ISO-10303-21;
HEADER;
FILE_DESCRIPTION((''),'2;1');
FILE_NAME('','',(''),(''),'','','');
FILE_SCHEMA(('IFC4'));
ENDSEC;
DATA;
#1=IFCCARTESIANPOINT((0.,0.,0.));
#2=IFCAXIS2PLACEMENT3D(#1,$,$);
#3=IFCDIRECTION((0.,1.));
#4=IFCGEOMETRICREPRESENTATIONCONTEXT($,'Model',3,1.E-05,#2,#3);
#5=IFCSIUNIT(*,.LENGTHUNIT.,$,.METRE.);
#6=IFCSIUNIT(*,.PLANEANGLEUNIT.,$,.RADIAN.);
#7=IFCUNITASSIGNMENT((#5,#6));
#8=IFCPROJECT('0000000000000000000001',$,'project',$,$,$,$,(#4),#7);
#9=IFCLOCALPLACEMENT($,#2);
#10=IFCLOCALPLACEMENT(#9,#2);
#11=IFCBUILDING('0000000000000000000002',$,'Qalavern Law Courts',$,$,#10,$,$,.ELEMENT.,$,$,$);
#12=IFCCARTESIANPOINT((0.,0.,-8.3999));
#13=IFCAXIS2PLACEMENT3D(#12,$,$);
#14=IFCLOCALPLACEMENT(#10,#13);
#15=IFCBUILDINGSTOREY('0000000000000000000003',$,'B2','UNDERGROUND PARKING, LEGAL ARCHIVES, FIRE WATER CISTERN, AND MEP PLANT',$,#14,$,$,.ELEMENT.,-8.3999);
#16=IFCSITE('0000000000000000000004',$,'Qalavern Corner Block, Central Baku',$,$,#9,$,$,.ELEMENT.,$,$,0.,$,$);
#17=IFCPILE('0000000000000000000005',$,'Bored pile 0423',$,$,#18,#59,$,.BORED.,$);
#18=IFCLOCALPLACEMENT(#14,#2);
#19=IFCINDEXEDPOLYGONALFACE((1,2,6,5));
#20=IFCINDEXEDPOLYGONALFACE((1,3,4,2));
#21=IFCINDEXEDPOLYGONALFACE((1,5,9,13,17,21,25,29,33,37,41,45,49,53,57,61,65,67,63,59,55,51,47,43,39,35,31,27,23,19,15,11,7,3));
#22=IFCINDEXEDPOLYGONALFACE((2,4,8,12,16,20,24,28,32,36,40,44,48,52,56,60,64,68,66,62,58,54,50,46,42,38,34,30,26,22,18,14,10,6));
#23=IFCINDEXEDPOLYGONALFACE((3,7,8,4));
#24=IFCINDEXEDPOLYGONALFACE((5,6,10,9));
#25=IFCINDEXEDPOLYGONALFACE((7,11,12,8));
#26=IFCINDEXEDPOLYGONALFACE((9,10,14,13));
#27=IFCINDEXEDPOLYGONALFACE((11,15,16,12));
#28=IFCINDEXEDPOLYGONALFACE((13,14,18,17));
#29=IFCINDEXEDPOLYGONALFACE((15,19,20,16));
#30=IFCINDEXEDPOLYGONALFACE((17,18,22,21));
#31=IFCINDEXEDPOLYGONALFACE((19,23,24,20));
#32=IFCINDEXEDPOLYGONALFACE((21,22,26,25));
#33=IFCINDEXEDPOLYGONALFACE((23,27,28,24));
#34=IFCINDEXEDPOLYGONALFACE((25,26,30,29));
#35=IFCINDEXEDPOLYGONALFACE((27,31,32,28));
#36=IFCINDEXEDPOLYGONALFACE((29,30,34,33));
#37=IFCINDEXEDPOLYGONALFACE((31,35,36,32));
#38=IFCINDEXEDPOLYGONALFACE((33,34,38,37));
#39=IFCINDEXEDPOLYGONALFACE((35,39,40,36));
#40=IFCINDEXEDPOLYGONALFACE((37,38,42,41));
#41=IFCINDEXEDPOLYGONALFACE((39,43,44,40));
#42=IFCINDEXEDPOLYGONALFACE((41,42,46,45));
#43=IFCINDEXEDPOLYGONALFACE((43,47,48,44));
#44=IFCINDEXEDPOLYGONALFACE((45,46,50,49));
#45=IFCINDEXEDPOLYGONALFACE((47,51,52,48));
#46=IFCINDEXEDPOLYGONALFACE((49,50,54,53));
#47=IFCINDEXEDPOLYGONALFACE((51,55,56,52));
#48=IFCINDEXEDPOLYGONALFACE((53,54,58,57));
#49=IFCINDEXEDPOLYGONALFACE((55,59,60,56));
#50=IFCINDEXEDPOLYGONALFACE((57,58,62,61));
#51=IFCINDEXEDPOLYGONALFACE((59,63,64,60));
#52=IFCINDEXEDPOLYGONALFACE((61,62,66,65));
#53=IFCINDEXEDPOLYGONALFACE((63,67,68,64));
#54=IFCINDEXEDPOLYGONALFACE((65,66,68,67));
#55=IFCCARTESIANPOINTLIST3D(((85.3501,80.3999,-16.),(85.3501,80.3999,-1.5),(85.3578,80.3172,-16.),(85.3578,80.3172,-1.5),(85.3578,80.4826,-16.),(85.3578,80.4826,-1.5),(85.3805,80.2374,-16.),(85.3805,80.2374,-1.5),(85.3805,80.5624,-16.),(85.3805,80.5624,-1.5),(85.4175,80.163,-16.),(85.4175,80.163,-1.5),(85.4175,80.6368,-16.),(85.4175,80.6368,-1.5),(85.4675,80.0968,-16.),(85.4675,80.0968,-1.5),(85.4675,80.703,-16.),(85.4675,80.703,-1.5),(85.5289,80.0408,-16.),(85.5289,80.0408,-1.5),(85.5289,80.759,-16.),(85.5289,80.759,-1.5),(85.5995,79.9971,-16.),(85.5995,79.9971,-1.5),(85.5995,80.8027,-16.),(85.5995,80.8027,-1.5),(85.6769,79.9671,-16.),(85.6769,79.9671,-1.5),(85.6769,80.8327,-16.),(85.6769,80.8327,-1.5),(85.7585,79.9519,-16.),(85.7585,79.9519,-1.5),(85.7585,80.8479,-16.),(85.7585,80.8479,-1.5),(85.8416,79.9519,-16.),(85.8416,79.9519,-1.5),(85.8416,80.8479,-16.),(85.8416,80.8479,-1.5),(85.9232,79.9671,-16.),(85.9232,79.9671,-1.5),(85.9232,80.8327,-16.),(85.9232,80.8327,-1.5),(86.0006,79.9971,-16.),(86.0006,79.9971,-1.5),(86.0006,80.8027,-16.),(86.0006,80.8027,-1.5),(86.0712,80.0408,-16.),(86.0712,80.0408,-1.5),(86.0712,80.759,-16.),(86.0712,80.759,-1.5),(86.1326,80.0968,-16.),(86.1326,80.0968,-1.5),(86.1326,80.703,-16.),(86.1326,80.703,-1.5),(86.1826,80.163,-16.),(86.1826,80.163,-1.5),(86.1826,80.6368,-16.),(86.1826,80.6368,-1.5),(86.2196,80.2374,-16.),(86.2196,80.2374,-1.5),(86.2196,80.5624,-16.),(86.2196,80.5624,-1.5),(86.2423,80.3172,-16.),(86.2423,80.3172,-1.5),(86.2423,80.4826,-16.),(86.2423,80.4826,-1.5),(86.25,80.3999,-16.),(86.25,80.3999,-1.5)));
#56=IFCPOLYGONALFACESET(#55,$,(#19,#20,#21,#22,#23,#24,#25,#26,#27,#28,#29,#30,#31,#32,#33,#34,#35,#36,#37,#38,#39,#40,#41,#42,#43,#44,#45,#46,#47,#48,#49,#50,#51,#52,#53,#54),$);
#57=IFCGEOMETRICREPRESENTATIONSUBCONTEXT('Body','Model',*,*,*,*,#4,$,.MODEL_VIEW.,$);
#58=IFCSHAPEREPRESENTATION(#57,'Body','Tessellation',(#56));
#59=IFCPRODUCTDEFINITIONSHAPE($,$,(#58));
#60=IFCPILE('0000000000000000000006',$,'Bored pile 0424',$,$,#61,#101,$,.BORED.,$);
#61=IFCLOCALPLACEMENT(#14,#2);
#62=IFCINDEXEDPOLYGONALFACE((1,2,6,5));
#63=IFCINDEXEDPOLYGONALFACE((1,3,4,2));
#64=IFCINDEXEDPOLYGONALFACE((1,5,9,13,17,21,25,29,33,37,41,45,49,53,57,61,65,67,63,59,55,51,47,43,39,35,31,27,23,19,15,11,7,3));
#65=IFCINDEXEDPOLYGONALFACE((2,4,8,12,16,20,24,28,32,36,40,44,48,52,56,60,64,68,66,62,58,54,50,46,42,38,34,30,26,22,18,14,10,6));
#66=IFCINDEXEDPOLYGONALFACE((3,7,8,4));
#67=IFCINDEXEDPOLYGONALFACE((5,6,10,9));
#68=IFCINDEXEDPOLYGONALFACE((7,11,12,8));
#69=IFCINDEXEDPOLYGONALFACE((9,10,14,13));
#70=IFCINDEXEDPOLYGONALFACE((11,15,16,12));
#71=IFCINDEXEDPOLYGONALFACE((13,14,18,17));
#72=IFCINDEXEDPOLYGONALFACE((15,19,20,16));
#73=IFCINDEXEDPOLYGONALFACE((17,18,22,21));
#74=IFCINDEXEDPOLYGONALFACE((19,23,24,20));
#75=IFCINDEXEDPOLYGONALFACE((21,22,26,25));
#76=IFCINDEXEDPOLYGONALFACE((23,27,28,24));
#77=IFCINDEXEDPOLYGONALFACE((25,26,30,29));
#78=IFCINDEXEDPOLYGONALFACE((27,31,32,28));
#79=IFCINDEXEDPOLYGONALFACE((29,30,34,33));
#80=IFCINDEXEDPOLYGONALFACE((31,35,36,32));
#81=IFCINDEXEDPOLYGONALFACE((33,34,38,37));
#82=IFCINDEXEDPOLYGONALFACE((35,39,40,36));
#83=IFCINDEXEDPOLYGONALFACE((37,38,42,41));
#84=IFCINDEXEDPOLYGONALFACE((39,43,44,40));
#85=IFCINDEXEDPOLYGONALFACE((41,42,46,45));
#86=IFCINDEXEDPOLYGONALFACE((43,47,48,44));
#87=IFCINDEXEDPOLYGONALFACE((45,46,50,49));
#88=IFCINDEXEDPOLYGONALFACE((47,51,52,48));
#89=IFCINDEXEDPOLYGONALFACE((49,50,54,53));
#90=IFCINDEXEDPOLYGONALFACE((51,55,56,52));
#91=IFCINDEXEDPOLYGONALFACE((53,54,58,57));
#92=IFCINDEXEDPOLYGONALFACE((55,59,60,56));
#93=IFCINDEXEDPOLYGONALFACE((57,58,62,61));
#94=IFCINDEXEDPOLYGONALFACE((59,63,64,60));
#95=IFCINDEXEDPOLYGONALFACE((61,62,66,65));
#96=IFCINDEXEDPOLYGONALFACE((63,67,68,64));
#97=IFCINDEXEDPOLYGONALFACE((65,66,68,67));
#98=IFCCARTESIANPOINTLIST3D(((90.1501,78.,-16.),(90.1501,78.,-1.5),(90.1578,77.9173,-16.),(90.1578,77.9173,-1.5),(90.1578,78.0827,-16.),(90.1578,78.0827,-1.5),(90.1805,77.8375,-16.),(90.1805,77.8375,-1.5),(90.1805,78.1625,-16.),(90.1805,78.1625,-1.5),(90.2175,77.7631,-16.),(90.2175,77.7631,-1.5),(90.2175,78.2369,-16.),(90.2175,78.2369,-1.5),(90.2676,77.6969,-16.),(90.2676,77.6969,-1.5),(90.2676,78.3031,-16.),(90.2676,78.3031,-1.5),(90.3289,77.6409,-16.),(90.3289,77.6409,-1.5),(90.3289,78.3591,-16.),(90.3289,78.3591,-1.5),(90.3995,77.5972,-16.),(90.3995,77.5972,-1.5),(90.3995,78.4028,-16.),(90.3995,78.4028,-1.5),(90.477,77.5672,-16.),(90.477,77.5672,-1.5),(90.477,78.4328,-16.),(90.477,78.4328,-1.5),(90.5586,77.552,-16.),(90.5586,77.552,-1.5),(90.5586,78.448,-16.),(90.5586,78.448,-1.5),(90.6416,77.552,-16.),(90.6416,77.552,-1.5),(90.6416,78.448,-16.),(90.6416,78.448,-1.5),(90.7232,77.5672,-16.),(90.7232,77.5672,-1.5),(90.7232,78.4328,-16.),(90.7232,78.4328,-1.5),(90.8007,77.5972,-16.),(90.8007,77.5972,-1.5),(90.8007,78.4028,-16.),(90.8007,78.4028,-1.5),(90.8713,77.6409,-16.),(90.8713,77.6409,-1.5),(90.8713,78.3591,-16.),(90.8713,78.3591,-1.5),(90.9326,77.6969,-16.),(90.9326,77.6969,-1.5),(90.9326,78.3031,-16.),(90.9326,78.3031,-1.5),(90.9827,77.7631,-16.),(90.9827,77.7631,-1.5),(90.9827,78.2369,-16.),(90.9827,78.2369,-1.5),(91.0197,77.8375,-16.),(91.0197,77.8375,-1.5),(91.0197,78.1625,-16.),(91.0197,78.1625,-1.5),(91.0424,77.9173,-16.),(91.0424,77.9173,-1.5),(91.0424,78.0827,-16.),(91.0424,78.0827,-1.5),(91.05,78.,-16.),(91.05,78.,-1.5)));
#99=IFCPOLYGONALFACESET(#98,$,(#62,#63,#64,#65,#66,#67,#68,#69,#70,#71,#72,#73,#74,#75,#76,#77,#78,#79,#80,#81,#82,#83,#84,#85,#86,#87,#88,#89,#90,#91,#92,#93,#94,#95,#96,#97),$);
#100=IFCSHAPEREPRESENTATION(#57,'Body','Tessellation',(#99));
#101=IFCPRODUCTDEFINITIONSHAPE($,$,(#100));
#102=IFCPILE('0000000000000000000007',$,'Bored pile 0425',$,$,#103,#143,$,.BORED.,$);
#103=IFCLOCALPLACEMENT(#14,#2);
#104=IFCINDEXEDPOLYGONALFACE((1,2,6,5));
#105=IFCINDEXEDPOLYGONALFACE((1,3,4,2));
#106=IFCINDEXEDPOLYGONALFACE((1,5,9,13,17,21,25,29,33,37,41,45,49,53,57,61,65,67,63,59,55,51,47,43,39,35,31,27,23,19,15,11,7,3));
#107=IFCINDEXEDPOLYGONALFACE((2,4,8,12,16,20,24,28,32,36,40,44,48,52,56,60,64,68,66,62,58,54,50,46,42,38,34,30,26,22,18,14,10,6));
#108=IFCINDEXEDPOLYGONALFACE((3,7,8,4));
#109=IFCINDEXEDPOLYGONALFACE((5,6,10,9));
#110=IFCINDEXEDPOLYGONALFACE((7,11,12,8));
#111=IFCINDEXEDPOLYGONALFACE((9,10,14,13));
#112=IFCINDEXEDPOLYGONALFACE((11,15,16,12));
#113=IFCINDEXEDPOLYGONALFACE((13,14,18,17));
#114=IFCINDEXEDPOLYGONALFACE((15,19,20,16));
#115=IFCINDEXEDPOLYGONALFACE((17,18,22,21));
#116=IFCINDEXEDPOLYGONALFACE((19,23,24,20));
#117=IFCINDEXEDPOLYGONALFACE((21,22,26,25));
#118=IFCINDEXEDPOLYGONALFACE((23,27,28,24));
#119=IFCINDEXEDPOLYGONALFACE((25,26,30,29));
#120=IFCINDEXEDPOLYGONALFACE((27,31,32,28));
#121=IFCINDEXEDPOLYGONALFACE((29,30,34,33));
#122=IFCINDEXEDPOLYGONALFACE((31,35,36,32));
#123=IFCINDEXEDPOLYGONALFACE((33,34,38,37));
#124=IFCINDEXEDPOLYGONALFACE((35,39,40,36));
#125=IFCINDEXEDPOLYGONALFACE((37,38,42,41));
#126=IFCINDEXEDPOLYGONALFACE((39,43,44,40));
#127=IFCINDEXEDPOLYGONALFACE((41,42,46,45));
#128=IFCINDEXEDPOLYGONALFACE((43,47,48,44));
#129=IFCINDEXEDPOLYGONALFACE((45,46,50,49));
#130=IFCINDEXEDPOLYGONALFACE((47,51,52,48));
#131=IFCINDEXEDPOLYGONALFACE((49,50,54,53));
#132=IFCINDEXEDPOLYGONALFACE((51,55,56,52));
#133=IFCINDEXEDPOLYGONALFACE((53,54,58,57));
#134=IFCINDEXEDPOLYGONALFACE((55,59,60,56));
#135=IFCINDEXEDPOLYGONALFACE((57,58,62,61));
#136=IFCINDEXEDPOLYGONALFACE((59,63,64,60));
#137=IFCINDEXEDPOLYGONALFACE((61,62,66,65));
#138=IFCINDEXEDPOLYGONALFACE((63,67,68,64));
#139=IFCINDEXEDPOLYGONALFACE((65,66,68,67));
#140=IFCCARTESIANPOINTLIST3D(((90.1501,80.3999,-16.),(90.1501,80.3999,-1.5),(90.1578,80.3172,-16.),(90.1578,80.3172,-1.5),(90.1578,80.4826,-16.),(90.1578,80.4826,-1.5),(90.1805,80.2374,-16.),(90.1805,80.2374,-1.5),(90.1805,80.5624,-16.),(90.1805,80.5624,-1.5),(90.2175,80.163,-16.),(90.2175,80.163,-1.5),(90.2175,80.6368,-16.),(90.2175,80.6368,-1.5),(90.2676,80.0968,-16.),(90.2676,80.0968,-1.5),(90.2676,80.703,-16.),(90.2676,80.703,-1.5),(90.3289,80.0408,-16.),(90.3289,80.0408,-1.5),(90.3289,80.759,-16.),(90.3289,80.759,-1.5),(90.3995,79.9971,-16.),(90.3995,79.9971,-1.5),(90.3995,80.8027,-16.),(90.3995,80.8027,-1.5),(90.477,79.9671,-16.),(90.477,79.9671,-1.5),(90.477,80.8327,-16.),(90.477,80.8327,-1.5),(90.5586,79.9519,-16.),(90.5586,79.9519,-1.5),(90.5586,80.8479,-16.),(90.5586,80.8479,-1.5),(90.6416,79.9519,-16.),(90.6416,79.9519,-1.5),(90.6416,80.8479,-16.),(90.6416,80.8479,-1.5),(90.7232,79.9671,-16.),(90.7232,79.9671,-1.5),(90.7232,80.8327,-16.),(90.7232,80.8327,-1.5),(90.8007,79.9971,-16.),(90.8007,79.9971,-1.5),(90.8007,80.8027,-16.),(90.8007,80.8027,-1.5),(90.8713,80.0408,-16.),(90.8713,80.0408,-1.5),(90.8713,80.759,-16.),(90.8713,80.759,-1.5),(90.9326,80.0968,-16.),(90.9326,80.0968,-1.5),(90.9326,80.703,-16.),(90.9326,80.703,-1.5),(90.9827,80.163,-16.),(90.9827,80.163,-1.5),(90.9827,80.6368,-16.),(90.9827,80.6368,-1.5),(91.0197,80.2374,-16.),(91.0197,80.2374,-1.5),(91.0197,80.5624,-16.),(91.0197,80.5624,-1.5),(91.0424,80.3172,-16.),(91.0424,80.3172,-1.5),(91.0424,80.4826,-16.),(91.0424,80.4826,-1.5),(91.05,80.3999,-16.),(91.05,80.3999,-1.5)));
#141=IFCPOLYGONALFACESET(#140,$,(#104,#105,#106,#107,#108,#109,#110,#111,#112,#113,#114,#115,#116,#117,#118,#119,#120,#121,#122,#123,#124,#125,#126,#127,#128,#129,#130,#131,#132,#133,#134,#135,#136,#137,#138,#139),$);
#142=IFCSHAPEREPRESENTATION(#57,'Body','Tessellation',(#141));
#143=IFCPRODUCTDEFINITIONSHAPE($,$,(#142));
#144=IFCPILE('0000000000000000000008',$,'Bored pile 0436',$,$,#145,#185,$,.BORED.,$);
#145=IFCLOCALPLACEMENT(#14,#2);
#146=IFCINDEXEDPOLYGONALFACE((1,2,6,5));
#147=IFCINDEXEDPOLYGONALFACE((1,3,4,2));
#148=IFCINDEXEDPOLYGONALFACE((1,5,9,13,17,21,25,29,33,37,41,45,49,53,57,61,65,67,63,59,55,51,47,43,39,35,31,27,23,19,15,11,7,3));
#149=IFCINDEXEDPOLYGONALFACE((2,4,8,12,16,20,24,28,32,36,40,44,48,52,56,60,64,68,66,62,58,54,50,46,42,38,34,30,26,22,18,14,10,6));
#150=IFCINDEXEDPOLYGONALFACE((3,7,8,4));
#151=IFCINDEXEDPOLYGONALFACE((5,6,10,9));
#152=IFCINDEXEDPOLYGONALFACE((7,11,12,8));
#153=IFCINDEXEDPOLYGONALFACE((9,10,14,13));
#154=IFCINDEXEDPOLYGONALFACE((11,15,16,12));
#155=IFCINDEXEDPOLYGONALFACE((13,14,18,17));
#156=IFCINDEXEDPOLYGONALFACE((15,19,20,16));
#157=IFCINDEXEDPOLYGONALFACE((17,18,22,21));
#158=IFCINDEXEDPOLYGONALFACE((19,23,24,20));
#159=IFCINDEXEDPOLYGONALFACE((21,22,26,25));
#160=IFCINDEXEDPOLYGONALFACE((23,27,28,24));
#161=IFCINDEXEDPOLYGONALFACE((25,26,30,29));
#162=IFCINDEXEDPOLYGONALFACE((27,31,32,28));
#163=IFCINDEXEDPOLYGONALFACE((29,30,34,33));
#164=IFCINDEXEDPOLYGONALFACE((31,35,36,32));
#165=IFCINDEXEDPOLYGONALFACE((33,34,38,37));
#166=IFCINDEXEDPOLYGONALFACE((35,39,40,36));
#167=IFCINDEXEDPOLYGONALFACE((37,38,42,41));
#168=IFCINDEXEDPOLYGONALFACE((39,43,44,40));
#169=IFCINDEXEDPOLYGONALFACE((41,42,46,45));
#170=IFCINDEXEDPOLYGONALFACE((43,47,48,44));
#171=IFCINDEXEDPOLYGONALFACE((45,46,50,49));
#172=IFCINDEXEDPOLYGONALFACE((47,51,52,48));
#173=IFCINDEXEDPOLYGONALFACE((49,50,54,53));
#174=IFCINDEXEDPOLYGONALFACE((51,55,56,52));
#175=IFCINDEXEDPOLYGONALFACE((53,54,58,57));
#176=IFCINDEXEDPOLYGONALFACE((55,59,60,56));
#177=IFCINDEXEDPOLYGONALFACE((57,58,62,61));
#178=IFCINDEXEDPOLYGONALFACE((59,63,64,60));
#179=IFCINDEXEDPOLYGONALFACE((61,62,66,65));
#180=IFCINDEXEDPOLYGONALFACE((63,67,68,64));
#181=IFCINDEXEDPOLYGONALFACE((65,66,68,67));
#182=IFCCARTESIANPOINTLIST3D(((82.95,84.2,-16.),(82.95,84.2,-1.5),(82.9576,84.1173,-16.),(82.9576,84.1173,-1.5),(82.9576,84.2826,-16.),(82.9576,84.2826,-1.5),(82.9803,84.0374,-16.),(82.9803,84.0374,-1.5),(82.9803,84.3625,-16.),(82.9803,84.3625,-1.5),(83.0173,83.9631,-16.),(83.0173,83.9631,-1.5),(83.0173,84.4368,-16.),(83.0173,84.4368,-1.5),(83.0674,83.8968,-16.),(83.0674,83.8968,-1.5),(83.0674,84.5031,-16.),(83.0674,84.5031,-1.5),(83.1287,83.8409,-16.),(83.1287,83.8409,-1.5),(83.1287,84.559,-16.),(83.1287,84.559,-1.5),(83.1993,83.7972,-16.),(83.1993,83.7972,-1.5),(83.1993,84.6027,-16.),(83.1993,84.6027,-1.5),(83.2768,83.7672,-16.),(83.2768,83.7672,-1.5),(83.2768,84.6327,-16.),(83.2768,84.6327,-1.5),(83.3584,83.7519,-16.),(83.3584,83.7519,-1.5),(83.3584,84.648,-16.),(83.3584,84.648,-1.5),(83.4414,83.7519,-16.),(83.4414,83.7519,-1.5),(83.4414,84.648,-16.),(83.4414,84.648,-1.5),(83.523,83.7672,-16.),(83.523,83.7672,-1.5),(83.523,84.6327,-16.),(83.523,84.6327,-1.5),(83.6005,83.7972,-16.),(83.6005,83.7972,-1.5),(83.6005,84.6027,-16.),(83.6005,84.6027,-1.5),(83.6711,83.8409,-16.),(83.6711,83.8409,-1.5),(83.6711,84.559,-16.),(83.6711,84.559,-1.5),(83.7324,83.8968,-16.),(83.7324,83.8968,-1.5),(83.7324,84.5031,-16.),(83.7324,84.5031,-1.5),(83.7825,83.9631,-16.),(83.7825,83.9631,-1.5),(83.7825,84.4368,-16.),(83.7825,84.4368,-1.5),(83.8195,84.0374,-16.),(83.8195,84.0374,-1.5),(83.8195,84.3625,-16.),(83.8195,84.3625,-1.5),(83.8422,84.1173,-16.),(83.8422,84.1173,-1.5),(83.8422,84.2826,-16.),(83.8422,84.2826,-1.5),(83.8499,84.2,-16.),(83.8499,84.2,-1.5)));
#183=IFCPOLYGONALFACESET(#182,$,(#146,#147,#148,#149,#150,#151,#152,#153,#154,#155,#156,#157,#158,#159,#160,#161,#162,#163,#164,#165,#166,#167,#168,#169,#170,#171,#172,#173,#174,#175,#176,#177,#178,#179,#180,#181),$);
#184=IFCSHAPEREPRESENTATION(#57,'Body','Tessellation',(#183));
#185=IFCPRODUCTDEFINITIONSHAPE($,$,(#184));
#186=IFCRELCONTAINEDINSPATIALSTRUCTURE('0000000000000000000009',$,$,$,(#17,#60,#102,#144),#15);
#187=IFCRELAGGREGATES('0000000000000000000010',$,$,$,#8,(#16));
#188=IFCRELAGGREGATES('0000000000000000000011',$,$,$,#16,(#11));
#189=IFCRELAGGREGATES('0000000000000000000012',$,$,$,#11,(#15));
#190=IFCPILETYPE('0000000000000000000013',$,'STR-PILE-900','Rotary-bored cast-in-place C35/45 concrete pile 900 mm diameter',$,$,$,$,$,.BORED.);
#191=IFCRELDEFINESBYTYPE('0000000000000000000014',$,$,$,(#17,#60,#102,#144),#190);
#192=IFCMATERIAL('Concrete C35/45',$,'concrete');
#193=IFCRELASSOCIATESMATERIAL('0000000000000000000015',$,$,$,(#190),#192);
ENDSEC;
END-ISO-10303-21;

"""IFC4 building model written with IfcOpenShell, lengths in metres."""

from ifc_helpers import new_model, si_unit, direction, frame, origin, origin_2d, place, context, subcontext, project, spatial, circle, extrude, material, material_profile, profile_set, type_object, element, save


model = new_model("IFC4")

# Units and contexts
model_context = context("Model", 3, precision=1e-05, world=origin(), true_north=direction((0.0, 1.0)))
body_context = subcontext(model_context, "Body", "Model", "MODEL_VIEW")
ifc_project = project(units=[si_unit("LENGTHUNIT", "METRE"), si_unit("PLANEANGLEUNIT", "RADIAN")], contexts=[model_context])

# Site, building, storey
site_placement = place(None, origin())
site = spatial("IfcSite", under=ifc_project, at=site_placement, Name="Qalavern Corner Block, Central Baku", CompositionType="ELEMENT", RefElevation=0.0)
building_placement = place(site_placement, origin())
building = spatial("IfcBuilding", under=site, at=building_placement, Name="Qalavern Law Courts", CompositionType="ELEMENT")
storey_placement = place(building_placement, frame((0.0, 0.0, -8.3999)))
storey = spatial("IfcBuildingStorey", under=building, at=storey_placement, Name="B2", Description="UNDERGROUND PARKING, LEGAL ARCHIVES, FIRE WATER CISTERN, AND MEP PLANT", CompositionType="ELEMENT", Elevation=-8.3999)

# Shared definitions
ifc_material_1 = material(Name="Concrete C35/45", Category="concrete")

# Piles
ifc_material_profile_1 = material_profile(ifc_material_1, circle(Radius=0.45, at=origin_2d()), Name="BORED PILE 900")
ifc_profile_set_1 = profile_set([ifc_material_profile_1], Name="Concrete C35/45")
pile_type_1 = type_object("IfcPileType", Name="STR-PILE-900", Description="Rotary-bored cast-in-place C35/45 concrete pile 900 mm diameter", PredefinedType="BORED", material=ifc_profile_set_1)
for number, where, z_axis, x_axis, name in (
    (1, (85.8, 80.3999, -1.5), (0.0, 0.0, -1.0), (1.0, 0.0, 0.0), "Bored pile 0423"),
    (2, (90.6001, 78.0, -1.5), (0.0, 0.0, -1.0), (1.0, 0.0, 0.0), "Bored pile 0424"),
    (3, (90.6001, 80.3999, -1.5), (0.0, 0.0, -1.0), (1.0, 0.0, 0.0), "Bored pile 0425"),
    (4, (83.3999, 84.2, -1.5), (0.0, 0.0, -1.0), (1.0, 0.0, 0.0), "Bored pile 0436"),
):
    element("IfcPile", number, at=place(storey_placement, frame(where, z_axis=z_axis, x_axis=x_axis)), inside=storey, type_object=pile_type_1, Name=name, PredefinedType="BORED", context=body_context, shape_type="SweptSolid", body=[
        extrude(circle(Radius=0.45, at=origin_2d()), origin(), (0.0, 0.0, 1.0), 14.5),
    ])

save(model, "model.ifc")
